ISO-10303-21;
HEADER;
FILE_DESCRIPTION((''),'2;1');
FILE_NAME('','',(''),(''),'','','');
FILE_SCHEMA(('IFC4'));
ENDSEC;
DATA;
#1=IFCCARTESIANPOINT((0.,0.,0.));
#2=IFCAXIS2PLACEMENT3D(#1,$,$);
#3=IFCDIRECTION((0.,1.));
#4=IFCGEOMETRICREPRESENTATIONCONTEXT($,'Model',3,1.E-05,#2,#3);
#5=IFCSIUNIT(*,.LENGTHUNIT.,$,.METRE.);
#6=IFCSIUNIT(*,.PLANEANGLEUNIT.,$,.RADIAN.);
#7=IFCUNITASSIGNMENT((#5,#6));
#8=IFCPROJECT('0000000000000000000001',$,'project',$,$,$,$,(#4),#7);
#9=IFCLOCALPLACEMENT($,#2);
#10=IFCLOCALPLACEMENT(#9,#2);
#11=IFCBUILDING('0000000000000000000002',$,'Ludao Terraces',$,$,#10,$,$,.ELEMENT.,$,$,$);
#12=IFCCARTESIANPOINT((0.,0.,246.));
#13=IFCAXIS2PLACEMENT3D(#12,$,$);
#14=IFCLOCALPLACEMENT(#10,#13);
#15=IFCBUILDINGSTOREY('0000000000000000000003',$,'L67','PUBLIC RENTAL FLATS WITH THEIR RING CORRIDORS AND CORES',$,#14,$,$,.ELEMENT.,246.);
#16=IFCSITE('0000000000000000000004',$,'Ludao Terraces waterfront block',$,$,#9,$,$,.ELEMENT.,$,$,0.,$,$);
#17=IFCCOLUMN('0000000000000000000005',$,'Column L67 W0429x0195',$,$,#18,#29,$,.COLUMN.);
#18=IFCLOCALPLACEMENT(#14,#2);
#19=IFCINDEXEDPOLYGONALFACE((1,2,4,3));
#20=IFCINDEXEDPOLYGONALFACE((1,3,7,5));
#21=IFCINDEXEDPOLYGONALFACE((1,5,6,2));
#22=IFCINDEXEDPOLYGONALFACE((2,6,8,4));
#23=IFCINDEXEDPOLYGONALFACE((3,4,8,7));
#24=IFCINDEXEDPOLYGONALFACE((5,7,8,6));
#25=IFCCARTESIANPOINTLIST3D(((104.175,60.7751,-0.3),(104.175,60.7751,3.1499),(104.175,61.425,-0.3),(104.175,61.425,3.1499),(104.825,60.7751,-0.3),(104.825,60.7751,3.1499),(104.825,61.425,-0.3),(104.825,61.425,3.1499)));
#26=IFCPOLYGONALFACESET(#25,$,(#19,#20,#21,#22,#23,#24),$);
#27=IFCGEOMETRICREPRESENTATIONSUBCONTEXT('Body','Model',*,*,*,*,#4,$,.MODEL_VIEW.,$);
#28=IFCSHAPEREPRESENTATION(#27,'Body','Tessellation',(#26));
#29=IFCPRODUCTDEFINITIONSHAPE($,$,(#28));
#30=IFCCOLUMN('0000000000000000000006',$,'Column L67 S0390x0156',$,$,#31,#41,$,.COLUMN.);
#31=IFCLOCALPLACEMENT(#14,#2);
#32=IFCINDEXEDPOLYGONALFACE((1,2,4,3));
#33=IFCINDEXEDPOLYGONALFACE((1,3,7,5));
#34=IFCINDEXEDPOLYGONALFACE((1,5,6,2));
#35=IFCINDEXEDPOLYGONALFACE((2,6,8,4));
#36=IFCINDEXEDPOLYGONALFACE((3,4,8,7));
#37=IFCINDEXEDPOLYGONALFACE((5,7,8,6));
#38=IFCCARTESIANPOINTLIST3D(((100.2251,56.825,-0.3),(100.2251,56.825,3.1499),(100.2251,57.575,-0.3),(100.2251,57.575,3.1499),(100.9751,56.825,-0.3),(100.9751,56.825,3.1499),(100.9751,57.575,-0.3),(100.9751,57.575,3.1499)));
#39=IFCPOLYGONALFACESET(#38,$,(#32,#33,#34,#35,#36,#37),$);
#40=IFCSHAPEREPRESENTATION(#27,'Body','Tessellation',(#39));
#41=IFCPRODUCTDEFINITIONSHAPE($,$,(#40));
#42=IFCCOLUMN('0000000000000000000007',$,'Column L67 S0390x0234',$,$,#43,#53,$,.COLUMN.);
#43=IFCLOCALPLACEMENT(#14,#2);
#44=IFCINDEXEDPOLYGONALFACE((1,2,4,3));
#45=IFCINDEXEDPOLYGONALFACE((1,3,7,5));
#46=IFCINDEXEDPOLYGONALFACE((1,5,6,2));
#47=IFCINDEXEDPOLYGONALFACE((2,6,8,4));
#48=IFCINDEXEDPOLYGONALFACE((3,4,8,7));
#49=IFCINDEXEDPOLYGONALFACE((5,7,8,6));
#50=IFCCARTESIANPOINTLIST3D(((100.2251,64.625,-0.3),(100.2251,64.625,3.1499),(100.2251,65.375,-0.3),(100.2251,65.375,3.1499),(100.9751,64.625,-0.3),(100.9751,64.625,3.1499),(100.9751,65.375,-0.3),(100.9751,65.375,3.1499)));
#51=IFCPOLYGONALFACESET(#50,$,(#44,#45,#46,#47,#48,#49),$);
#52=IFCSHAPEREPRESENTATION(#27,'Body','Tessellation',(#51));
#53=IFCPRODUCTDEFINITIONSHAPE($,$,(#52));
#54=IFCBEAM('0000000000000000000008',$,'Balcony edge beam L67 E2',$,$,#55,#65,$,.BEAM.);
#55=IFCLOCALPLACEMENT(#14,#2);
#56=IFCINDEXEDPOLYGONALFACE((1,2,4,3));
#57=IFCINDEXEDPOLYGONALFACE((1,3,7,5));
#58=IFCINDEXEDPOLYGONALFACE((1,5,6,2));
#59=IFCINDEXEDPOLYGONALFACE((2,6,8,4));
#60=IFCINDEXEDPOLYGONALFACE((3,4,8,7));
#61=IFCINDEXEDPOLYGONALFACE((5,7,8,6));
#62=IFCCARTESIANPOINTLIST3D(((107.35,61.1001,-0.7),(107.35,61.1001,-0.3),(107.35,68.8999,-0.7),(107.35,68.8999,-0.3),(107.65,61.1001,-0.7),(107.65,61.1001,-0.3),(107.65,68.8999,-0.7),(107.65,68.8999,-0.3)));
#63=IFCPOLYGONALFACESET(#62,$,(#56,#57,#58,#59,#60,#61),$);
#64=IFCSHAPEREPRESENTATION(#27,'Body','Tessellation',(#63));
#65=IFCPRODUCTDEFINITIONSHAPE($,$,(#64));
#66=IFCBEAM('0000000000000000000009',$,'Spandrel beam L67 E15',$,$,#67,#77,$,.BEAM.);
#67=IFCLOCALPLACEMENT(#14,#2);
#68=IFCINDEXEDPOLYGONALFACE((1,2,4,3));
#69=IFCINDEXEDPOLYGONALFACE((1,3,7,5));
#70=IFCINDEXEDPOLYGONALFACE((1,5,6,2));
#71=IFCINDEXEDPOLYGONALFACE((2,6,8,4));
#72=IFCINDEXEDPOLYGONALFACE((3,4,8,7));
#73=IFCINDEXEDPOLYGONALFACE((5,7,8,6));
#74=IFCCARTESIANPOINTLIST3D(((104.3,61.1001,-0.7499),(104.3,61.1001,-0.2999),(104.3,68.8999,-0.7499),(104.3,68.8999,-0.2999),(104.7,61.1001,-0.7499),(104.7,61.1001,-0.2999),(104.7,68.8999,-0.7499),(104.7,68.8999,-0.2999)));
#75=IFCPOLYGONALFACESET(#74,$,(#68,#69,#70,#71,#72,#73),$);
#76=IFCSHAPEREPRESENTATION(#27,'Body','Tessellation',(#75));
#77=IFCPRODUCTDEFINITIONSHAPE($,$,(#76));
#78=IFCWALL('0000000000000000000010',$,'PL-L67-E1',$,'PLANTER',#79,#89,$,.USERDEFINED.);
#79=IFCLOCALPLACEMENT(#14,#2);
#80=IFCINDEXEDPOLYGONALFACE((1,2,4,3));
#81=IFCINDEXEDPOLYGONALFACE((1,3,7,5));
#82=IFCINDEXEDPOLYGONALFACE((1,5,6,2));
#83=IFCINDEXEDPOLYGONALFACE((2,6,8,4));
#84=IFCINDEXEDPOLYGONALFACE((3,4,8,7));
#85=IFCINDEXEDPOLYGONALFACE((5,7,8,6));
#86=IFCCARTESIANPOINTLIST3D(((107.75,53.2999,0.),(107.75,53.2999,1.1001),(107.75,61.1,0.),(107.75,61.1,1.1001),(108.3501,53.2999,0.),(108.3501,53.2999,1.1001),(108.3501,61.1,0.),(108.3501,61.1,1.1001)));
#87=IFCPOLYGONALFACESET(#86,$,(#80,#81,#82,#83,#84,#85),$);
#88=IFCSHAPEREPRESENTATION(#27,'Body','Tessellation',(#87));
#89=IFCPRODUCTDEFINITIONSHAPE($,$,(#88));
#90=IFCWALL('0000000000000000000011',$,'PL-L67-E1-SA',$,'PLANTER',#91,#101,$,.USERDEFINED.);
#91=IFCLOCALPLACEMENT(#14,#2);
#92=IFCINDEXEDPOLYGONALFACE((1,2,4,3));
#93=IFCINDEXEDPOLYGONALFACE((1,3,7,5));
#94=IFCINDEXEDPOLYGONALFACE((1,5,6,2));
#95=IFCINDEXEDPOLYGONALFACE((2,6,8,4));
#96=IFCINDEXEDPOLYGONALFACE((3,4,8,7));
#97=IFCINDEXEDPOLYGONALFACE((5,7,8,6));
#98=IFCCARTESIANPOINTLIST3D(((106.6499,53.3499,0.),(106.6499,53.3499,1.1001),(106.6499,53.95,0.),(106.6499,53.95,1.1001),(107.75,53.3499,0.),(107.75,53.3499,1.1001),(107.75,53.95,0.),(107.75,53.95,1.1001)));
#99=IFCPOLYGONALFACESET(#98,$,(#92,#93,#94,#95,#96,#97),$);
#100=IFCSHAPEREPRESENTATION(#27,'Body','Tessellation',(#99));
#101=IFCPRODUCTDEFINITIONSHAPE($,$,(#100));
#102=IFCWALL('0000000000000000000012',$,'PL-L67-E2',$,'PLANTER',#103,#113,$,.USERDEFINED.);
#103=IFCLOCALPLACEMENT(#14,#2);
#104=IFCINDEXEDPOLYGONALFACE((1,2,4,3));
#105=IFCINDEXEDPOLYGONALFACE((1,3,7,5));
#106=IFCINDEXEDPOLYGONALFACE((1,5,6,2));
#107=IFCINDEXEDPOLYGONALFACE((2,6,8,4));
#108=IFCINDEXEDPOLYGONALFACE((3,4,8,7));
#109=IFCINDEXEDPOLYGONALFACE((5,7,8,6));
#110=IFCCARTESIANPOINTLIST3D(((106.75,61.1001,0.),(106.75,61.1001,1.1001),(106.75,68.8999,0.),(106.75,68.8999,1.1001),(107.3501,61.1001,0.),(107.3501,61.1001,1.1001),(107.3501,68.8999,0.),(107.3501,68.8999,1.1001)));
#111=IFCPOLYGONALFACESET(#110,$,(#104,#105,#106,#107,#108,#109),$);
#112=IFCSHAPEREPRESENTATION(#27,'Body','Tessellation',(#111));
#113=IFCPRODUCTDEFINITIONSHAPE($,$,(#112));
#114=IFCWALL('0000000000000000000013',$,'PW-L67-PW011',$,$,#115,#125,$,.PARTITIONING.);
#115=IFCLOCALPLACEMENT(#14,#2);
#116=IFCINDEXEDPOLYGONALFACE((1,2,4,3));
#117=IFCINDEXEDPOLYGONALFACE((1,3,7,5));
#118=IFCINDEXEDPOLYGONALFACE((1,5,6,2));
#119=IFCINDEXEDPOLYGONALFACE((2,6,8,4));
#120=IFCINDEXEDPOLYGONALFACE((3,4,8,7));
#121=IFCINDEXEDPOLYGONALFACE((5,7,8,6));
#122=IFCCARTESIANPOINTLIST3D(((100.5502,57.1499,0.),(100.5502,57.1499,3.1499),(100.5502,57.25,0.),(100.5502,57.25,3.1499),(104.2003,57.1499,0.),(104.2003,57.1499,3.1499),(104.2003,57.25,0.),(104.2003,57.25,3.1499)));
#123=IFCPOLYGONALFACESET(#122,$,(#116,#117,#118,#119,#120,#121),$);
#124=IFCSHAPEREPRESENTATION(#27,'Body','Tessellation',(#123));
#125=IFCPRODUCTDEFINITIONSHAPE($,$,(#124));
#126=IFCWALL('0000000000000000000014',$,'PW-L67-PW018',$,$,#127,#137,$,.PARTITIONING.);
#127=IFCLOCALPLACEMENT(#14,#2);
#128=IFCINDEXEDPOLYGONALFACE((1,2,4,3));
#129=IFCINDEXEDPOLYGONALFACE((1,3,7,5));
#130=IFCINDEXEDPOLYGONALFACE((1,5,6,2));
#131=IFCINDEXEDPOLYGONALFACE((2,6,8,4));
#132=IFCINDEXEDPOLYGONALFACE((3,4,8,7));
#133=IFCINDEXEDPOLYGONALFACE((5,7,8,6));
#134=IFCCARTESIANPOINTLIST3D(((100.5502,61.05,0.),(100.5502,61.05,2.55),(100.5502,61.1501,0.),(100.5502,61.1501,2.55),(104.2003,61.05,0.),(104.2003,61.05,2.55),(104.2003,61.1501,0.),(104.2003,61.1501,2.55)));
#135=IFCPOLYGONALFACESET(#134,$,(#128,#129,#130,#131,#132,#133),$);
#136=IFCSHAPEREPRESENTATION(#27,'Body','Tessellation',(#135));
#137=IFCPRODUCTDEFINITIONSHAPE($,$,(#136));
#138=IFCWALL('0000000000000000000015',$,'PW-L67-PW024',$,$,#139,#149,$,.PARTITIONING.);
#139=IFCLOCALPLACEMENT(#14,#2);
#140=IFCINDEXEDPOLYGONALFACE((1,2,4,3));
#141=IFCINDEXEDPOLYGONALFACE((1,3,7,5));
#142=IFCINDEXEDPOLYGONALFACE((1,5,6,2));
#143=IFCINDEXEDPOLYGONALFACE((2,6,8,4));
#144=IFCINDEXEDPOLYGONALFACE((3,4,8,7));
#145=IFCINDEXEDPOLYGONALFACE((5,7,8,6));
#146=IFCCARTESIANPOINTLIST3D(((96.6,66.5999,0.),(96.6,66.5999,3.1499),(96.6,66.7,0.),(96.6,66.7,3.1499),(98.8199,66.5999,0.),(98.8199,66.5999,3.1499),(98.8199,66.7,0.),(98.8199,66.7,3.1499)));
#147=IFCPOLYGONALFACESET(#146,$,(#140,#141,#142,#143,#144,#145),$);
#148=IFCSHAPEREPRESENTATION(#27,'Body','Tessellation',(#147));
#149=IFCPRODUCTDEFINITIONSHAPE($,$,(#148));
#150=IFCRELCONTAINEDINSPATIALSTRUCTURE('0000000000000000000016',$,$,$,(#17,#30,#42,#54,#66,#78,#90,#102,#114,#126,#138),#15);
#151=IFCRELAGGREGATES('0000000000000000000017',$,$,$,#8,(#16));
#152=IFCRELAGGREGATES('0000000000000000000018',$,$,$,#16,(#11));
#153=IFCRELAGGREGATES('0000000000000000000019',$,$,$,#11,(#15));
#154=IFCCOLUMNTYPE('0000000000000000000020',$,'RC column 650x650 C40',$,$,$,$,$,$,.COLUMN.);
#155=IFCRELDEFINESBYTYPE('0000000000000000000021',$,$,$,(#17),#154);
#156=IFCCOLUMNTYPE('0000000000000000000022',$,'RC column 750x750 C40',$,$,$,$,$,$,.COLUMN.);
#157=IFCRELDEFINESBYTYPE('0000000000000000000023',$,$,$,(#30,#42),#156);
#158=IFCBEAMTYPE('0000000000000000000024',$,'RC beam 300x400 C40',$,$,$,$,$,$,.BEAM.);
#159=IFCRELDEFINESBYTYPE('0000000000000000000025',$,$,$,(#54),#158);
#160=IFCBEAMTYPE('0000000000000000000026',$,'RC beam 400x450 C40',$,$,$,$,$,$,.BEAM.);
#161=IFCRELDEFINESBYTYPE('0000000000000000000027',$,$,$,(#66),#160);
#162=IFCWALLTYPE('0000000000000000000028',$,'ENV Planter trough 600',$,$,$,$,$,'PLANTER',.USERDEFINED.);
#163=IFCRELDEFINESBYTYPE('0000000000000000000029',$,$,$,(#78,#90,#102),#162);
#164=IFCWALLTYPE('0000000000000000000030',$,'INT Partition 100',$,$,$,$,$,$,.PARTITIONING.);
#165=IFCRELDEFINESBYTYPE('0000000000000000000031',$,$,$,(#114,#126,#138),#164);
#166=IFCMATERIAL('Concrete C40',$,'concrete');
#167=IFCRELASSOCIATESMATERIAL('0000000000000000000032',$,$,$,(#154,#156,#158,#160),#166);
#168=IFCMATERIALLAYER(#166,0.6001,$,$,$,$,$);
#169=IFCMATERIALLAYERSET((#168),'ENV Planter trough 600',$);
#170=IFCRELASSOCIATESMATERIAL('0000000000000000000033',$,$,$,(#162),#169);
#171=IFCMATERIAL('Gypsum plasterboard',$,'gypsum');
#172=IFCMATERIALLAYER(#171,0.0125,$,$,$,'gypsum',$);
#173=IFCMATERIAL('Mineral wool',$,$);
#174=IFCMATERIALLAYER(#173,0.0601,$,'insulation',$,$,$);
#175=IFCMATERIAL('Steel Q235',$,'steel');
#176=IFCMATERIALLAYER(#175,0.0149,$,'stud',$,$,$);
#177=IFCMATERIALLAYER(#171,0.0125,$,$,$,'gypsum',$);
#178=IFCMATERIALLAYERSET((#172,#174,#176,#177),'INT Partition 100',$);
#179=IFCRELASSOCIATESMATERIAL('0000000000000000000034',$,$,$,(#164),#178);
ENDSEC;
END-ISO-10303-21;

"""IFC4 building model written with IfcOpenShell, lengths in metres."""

from ifc_helpers import new_model, si_unit, direction, frame, frame_2d, origin, origin_2d, place, context, subcontext, project, spatial, rectangle, extrude, material, layer, layer_set, material_profile, profile_set, type_object, element, save


model = new_model("IFC4")

# Units and contexts
model_context = context("Model", 3, precision=1e-05, world=origin(), true_north=direction((0.0, 1.0)))
body_context = subcontext(model_context, "Body", "Model", "MODEL_VIEW")
ifc_project = project(units=[si_unit("LENGTHUNIT", "METRE"), si_unit("PLANEANGLEUNIT", "RADIAN")], contexts=[model_context])

# Site, building, storey
site_placement = place(None, origin())
site = spatial("IfcSite", under=ifc_project, at=site_placement, Name="Ludao Terraces waterfront block", CompositionType="ELEMENT", RefElevation=0.0)
building_placement = place(site_placement, origin())
building = spatial("IfcBuilding", under=site, at=building_placement, Name="Ludao Terraces", CompositionType="ELEMENT")
storey_placement = place(building_placement, frame((0.0, 0.0, 246.0)))
storey = spatial("IfcBuildingStorey", under=building, at=storey_placement, Name="L67", Description="PUBLIC RENTAL FLATS WITH THEIR RING CORRIDORS AND CORES", CompositionType="ELEMENT", Elevation=246.0)

# Columns
ifc_material_1 = material(Name="Concrete C40", Category="concrete")
ifc_material_profile_1 = material_profile(ifc_material_1, rectangle(XDim=0.6499, YDim=0.6499, at=origin_2d()), Name="650 X 650")
ifc_profile_set_1 = profile_set([ifc_material_profile_1], Name="Concrete C40")
column_type_1 = type_object("IfcColumnType", Name="RC column 650x650 C40", PredefinedType="COLUMN", material=ifc_profile_set_1)
column_placement = place(storey_placement, frame((104.5, 61.1001, -0.3), z_axis=(0.0, 0.0, 1.0), x_axis=(1.0, 0.0, 0.0)))
element("IfcColumn", 1, at=column_placement, inside=storey, type_object=column_type_1, Name="Column L67 W0429x0195", PredefinedType="COLUMN", context=body_context, shape_type="SweptSolid", body=[
    extrude(rectangle(XDim=0.6499, YDim=0.6499, at=origin_2d()), origin(), (0.0, 0.0, 1.0), 3.45),
])
ifc_material_profile_2 = material_profile(ifc_material_1, rectangle(XDim=0.75, YDim=0.75, at=origin_2d()), Name="750 X 750")
ifc_profile_set_2 = profile_set([ifc_material_profile_2], Name="Concrete C40")
column_type_2 = type_object("IfcColumnType", Name="RC column 750x750 C40", PredefinedType="COLUMN", material=ifc_profile_set_2)
for number, where, z_axis, x_axis, name in (
    (2, (100.6001, 57.2, -0.3), (0.0, 0.0, 1.0), (1.0, 0.0, 0.0), "Column L67 S0390x0156"),
    (3, (100.6001, 65.0, -0.3), (0.0, 0.0, 1.0), (1.0, 0.0, 0.0), "Column L67 S0390x0234"),
):
    element("IfcColumn", number, at=place(storey_placement, frame(where, z_axis=z_axis, x_axis=x_axis)), inside=storey, type_object=column_type_2, Name=name, PredefinedType="COLUMN", context=body_context, shape_type="SweptSolid", body=[
        extrude(rectangle(XDim=0.75, YDim=0.75, at=origin_2d()), origin(), (0.0, 0.0, 1.0), 3.45),
    ])

# Beams
ifc_material_profile_3 = material_profile(ifc_material_1, rectangle(XDim=0.3, YDim=0.3999, at=origin_2d()), Name="300 X 400")
ifc_profile_set_3 = profile_set([ifc_material_profile_3], Name="Concrete C40")
beam_type_1 = type_object("IfcBeamType", Name="RC beam 300x400 C40", PredefinedType="BEAM", material=ifc_profile_set_3)
beam_1_placement = place(storey_placement, frame((107.5, 61.1001, -0.5), z_axis=(0.0, 1.0, 0.0), x_axis=(-1.0, 0.0, 0.0)))
element("IfcBeam", 4, at=beam_1_placement, inside=storey, type_object=beam_type_1, Name="Balcony edge beam L67 E2", PredefinedType="BEAM", context=body_context, shape_type="SweptSolid", body=[
    extrude(rectangle(XDim=0.3, YDim=0.3999, at=origin_2d()), origin(), (0.0, 0.0, 1.0), 7.7998),
])
ifc_material_profile_4 = material_profile(ifc_material_1, rectangle(XDim=0.3999, YDim=0.45, at=origin_2d()), Name="400 X 450")
ifc_profile_set_4 = profile_set([ifc_material_profile_4], Name="Concrete C40")
beam_type_2 = type_object("IfcBeamType", Name="RC beam 400x450 C40", PredefinedType="BEAM", material=ifc_profile_set_4)
beam_2_placement = place(storey_placement, frame((104.5, 61.1001, -0.5249), z_axis=(0.0, 1.0, 0.0), x_axis=(-1.0, 0.0, 0.0)))
element("IfcBeam", 5, at=beam_2_placement, inside=storey, type_object=beam_type_2, Name="Spandrel beam L67 E15", PredefinedType="BEAM", context=body_context, shape_type="SweptSolid", body=[
    extrude(rectangle(XDim=0.3999, YDim=0.45, at=origin_2d()), origin(), (0.0, 0.0, 1.0), 7.7998),
])

# Walls
ifc_layer_1 = layer(ifc_material_1, 0.6001)
ifc_layer_set_1 = layer_set([ifc_layer_1], Name="ENV Planter trough 600")
wall_type_1 = type_object("IfcWallType", Name="ENV Planter trough 600", ElementType="PLANTER", PredefinedType="USERDEFINED", material=ifc_layer_set_1)
wall_1_placement = place(storey_placement, frame((108.05, 53.3, 0.0), z_axis=(0.0, 0.0, 1.0), x_axis=(0.0, 1.0, 0.0)))
element("IfcWall", 6, at=wall_1_placement, inside=storey, type_object=wall_type_1, Name="PL-L67-E1", ObjectType="PLANTER", PredefinedType="USERDEFINED", context=body_context, shape_type="SweptSolid", body=[
    extrude(rectangle(XDim=7.8, YDim=0.6001, at=frame_2d((3.8999, 0.0))), origin(), (0.0, 0.0, 1.0), 1.1001),
])
wall_2_placement = place(storey_placement, frame((107.75, 53.6499, 0.0), z_axis=(0.0, 0.0, 1.0), x_axis=(-1.0, 0.0, 0.0)))
element("IfcWall", 7, at=wall_2_placement, inside=storey, type_object=wall_type_1, Name="PL-L67-E1-SA", ObjectType="PLANTER", PredefinedType="USERDEFINED", context=body_context, shape_type="SweptSolid", body=[
    extrude(rectangle(XDim=1.1001, YDim=0.6001, at=frame_2d((0.55, 0.0))), origin(), (0.0, 0.0, 1.0), 1.1001),
])
wall_3_placement = place(storey_placement, frame((107.05, 61.1001, 0.0), z_axis=(0.0, 0.0, 1.0), x_axis=(0.0, 1.0, 0.0)))
element("IfcWall", 8, at=wall_3_placement, inside=storey, type_object=wall_type_1, Name="PL-L67-E2", ObjectType="PLANTER", PredefinedType="USERDEFINED", context=body_context, shape_type="SweptSolid", body=[
    extrude(rectangle(XDim=7.7998, YDim=0.6001, at=frame_2d((3.8999, 0.0))), origin(), (0.0, 0.0, 1.0), 1.1001),
])

# Shared definitions
ifc_material_2 = material(Name="Mineral wool")

# Walls
ifc_material_3 = material(Name="Gypsum plasterboard", Category="gypsum")
ifc_layer_2 = layer(ifc_material_3, 0.0125, Category="gypsum")
ifc_layer_3 = layer(ifc_material_2, 0.0601, Name="insulation")
ifc_material_4 = material(Name="Steel Q235", Category="steel")
ifc_layer_4 = layer(ifc_material_4, 0.0149, Name="stud")
ifc_layer_5 = layer(ifc_material_3, 0.0125, Category="gypsum")
ifc_layer_set_2 = layer_set([ifc_layer_2, ifc_layer_3, ifc_layer_4, ifc_layer_5], Name="INT Partition 100")
wall_type_2 = type_object("IfcWallType", Name="INT Partition 100", PredefinedType="PARTITIONING", material=ifc_layer_set_2)
wall_4_placement = place(storey_placement, frame((100.55, 57.2, 0.0), z_axis=(0.0, 0.0, 1.0), x_axis=(1.0, 0.0, 0.0)))
element("IfcWall", 9, at=wall_4_placement, inside=storey, type_object=wall_type_2, Name="PW-L67-PW011", PredefinedType="PARTITIONING", context=body_context, shape_type="SweptSolid", body=[
    extrude(rectangle(XDim=3.6501, YDim=0.1001, at=frame_2d((1.8252, 0.0))), origin(), (0.0, 0.0, 1.0), 3.1499),
])
wall_5_placement = place(storey_placement, frame((100.55, 61.1001, 0.0), z_axis=(0.0, 0.0, 1.0), x_axis=(1.0, 0.0, 0.0)))
element("IfcWall", 10, at=wall_5_placement, inside=storey, type_object=wall_type_2, Name="PW-L67-PW018", PredefinedType="PARTITIONING", context=body_context, shape_type="SweptSolid", body=[
    extrude(rectangle(XDim=3.6501, YDim=0.1001, at=frame_2d((1.8252, 0.0))), origin(), (0.0, 0.0, 1.0), 2.55),
])
wall_6_placement = place(storey_placement, frame((96.6001, 66.6499, 0.0), z_axis=(0.0, 0.0, 1.0), x_axis=(1.0, 0.0, 0.0)))
element("IfcWall", 11, at=wall_6_placement, inside=storey, type_object=wall_type_2, Name="PW-L67-PW024", PredefinedType="PARTITIONING", context=body_context, shape_type="SweptSolid", body=[
    extrude(rectangle(XDim=2.22, YDim=0.1001, at=frame_2d((1.1099, 0.0))), origin(), (0.0, 0.0, 1.0), 3.1499),
])

save(model, "model.ifc")
